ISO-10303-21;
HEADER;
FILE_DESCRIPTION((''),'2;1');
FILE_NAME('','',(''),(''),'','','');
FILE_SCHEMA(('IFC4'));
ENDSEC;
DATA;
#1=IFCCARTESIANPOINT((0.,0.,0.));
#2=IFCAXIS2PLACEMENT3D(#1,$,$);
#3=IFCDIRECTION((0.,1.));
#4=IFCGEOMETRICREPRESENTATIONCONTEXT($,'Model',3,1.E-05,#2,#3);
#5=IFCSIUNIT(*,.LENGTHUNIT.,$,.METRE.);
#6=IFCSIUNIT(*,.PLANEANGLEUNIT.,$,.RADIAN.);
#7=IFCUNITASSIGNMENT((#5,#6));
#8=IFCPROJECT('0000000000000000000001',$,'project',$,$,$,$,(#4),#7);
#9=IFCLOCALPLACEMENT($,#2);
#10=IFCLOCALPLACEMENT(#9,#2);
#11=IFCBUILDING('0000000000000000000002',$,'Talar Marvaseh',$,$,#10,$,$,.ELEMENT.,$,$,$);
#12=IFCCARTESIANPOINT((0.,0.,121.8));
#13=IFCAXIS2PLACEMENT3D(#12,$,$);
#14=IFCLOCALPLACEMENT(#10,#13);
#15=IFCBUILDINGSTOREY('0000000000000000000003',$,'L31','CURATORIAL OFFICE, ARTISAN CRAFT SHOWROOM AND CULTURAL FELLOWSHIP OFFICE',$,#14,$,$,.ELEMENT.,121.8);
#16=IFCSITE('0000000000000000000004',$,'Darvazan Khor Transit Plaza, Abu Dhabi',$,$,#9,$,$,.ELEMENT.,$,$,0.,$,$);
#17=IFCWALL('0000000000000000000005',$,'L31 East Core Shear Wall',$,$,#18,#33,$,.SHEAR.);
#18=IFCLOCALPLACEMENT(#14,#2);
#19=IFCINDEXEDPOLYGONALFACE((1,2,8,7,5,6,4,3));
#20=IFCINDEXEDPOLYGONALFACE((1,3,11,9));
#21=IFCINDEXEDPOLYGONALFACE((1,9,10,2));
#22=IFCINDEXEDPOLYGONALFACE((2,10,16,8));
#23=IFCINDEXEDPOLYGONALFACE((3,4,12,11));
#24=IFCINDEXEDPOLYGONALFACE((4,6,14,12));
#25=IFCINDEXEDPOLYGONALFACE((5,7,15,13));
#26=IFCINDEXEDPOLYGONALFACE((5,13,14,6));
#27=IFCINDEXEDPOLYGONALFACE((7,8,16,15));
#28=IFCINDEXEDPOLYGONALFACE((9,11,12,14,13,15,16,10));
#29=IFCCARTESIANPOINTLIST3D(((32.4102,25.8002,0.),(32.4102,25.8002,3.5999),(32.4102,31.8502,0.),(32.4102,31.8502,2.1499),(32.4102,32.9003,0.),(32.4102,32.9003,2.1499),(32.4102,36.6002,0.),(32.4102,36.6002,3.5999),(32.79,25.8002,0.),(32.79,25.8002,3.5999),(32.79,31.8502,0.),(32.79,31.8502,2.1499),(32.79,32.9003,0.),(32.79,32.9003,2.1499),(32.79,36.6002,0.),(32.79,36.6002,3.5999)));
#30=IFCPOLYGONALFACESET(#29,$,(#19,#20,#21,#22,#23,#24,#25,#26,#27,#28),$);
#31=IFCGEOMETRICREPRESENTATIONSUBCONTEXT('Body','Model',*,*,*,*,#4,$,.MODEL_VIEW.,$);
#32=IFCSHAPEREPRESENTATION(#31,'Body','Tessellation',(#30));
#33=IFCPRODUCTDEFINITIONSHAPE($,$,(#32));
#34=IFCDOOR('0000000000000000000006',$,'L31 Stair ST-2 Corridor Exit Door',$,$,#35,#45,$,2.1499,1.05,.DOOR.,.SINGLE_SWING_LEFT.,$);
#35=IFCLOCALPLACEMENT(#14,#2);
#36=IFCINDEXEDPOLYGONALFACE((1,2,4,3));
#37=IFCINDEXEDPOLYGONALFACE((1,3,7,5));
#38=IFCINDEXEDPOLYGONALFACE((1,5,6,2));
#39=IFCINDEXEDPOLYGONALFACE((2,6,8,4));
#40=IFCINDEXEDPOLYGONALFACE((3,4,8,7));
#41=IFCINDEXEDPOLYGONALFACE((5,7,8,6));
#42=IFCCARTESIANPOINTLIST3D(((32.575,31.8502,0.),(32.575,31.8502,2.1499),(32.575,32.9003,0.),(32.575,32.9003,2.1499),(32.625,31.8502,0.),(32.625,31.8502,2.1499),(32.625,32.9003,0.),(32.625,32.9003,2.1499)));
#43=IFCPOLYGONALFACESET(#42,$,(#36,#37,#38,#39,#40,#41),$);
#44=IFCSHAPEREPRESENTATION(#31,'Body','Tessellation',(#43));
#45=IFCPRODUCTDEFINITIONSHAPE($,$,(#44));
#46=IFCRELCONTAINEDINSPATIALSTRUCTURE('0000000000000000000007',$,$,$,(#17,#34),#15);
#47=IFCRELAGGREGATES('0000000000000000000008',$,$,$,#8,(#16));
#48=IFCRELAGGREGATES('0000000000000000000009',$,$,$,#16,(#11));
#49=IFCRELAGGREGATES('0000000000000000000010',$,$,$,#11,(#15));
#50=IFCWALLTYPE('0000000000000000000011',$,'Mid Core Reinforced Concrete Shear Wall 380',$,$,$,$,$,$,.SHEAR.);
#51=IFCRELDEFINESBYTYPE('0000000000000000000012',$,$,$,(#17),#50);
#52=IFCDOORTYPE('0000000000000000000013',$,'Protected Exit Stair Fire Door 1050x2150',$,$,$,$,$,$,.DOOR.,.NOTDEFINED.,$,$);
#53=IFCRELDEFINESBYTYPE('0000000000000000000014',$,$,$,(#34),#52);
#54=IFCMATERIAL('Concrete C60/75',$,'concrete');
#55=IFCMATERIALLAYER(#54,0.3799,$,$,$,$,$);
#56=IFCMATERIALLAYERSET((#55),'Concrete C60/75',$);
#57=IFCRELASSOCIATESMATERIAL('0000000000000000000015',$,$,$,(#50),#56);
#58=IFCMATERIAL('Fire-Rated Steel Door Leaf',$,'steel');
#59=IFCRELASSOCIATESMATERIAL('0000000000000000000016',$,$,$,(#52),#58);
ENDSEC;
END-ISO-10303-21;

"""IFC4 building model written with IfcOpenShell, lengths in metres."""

from ifc_helpers import new_model, si_unit, direction, frame, frame_2d, origin, place, context, subcontext, project, spatial, rectangle, extrude, source, transform, mapped, material, layer, layer_set, type_object, type_shapes, element, fill, save


model = new_model("IFC4")

# Units and contexts
model_context = context("Model", 3, precision=1e-05, world=origin(), true_north=direction((0.0, 1.0)))
body_context = subcontext(model_context, "Body", "Model", "MODEL_VIEW")
ifc_project = project(units=[si_unit("LENGTHUNIT", "METRE"), si_unit("PLANEANGLEUNIT", "RADIAN")], contexts=[model_context])

# Site, building, storey
site_placement = place(None, origin())
site = spatial("IfcSite", under=ifc_project, at=site_placement, Name="Darvazan Khor Transit Plaza, Abu Dhabi", CompositionType="ELEMENT", RefElevation=0.0)
building_placement = place(site_placement, origin())
building = spatial("IfcBuilding", under=site, at=building_placement, Name="Talar Marvaseh", CompositionType="ELEMENT")
storey_placement = place(building_placement, frame((0.0, 0.0, 121.8)))
storey = spatial("IfcBuildingStorey", under=building, at=storey_placement, Name="L31", Description="CURATORIAL OFFICE, ARTISAN CRAFT SHOWROOM AND CULTURAL FELLOWSHIP OFFICE", CompositionType="ELEMENT", Elevation=121.8)

# Shared definitions
ifc_material_1 = material(Name="Concrete C60/75", Category="concrete")

# Wall, opening, door
ifc_layer_1 = layer(ifc_material_1, 0.3799)
ifc_layer_set_1 = layer_set([ifc_layer_1], Name="Concrete C60/75")
wall_type_1 = type_object("IfcWallType", Name="Mid Core Reinforced Concrete Shear Wall 380", PredefinedType="SHEAR", material=ifc_layer_set_1)
wall_1_placement = place(storey_placement, frame((32.6001, 36.6001, 0.0), z_axis=(0.0, 0.0, 1.0), x_axis=(0.0, -1.0, 0.0)))
wall_1 = element("IfcWall", 1, at=wall_1_placement, inside=storey, type_object=wall_type_1, Name="L31 East Core Shear Wall", PredefinedType="SHEAR", context=body_context, shape_type="SweptSolid", body=[
    extrude(rectangle(XDim=10.8, YDim=0.3799, at=frame_2d((5.3999, 0.0))), origin(), (0.0, 0.0, 1.0), 3.5999),
])
opening_placement = place(wall_1_placement, frame((3.7, 0.0, 0.0)))
opening = element("IfcOpeningElement", 2, at=opening_placement, cuts=wall_1, PredefinedType="OPENING", context=body_context, shape_type="SweptSolid", body=[
    extrude(rectangle(XDim=1.05, YDim=2.1499, at=frame_2d((0.5249, 1.075))), frame((0.0, 0.2, 0.0), z_axis=(0.0, -1.0, 0.0), x_axis=(1.0, 0.0, 0.0)), (0.0, 0.0, 1.0), 0.3999),
])
ifc_material_2 = material(Name="Fire-Rated Steel Door Leaf", Category="steel")
door_type = type_object("IfcDoorType", Name="Protected Exit Stair Fire Door 1050x2150", OperationType="NOTDEFINED", PredefinedType="DOOR", material=ifc_material_2)
shared_shape_1 = source(origin(), body_context, "Body", "SweptSolid", [
    extrude(rectangle(XDim=1.05, YDim=2.1499, at=frame_2d((0.5249, 1.075))), frame((0.0, 0.0249, 0.0), z_axis=(0.0, -1.0, 0.0), x_axis=(1.0, 0.0, 0.0)), (0.0, 0.0, 1.0), 0.05),
])
type_shapes(door_type, [shared_shape_1])
door_placement = place(opening_placement, origin())
door = element("IfcDoor", 3, at=door_placement, inside=storey, type_object=door_type, Name="L31 Stair ST-2 Corridor Exit Door", OperationType="SINGLE_SWING_LEFT", OverallHeight=2.1499, OverallWidth=1.05, PredefinedType="DOOR", context=body_context, shape_type="MappedRepresentation", body=[
    mapped(shared_shape_1, transform((0.0, 0.0, 0.0), x_axis=(1.0, 0.0, 0.0), y_axis=(0.0, 1.0, 0.0), z_axis=(0.0, 0.0, 1.0), scale=1.0)),
])
fill(opening, door)

save(model, "model.ifc")
